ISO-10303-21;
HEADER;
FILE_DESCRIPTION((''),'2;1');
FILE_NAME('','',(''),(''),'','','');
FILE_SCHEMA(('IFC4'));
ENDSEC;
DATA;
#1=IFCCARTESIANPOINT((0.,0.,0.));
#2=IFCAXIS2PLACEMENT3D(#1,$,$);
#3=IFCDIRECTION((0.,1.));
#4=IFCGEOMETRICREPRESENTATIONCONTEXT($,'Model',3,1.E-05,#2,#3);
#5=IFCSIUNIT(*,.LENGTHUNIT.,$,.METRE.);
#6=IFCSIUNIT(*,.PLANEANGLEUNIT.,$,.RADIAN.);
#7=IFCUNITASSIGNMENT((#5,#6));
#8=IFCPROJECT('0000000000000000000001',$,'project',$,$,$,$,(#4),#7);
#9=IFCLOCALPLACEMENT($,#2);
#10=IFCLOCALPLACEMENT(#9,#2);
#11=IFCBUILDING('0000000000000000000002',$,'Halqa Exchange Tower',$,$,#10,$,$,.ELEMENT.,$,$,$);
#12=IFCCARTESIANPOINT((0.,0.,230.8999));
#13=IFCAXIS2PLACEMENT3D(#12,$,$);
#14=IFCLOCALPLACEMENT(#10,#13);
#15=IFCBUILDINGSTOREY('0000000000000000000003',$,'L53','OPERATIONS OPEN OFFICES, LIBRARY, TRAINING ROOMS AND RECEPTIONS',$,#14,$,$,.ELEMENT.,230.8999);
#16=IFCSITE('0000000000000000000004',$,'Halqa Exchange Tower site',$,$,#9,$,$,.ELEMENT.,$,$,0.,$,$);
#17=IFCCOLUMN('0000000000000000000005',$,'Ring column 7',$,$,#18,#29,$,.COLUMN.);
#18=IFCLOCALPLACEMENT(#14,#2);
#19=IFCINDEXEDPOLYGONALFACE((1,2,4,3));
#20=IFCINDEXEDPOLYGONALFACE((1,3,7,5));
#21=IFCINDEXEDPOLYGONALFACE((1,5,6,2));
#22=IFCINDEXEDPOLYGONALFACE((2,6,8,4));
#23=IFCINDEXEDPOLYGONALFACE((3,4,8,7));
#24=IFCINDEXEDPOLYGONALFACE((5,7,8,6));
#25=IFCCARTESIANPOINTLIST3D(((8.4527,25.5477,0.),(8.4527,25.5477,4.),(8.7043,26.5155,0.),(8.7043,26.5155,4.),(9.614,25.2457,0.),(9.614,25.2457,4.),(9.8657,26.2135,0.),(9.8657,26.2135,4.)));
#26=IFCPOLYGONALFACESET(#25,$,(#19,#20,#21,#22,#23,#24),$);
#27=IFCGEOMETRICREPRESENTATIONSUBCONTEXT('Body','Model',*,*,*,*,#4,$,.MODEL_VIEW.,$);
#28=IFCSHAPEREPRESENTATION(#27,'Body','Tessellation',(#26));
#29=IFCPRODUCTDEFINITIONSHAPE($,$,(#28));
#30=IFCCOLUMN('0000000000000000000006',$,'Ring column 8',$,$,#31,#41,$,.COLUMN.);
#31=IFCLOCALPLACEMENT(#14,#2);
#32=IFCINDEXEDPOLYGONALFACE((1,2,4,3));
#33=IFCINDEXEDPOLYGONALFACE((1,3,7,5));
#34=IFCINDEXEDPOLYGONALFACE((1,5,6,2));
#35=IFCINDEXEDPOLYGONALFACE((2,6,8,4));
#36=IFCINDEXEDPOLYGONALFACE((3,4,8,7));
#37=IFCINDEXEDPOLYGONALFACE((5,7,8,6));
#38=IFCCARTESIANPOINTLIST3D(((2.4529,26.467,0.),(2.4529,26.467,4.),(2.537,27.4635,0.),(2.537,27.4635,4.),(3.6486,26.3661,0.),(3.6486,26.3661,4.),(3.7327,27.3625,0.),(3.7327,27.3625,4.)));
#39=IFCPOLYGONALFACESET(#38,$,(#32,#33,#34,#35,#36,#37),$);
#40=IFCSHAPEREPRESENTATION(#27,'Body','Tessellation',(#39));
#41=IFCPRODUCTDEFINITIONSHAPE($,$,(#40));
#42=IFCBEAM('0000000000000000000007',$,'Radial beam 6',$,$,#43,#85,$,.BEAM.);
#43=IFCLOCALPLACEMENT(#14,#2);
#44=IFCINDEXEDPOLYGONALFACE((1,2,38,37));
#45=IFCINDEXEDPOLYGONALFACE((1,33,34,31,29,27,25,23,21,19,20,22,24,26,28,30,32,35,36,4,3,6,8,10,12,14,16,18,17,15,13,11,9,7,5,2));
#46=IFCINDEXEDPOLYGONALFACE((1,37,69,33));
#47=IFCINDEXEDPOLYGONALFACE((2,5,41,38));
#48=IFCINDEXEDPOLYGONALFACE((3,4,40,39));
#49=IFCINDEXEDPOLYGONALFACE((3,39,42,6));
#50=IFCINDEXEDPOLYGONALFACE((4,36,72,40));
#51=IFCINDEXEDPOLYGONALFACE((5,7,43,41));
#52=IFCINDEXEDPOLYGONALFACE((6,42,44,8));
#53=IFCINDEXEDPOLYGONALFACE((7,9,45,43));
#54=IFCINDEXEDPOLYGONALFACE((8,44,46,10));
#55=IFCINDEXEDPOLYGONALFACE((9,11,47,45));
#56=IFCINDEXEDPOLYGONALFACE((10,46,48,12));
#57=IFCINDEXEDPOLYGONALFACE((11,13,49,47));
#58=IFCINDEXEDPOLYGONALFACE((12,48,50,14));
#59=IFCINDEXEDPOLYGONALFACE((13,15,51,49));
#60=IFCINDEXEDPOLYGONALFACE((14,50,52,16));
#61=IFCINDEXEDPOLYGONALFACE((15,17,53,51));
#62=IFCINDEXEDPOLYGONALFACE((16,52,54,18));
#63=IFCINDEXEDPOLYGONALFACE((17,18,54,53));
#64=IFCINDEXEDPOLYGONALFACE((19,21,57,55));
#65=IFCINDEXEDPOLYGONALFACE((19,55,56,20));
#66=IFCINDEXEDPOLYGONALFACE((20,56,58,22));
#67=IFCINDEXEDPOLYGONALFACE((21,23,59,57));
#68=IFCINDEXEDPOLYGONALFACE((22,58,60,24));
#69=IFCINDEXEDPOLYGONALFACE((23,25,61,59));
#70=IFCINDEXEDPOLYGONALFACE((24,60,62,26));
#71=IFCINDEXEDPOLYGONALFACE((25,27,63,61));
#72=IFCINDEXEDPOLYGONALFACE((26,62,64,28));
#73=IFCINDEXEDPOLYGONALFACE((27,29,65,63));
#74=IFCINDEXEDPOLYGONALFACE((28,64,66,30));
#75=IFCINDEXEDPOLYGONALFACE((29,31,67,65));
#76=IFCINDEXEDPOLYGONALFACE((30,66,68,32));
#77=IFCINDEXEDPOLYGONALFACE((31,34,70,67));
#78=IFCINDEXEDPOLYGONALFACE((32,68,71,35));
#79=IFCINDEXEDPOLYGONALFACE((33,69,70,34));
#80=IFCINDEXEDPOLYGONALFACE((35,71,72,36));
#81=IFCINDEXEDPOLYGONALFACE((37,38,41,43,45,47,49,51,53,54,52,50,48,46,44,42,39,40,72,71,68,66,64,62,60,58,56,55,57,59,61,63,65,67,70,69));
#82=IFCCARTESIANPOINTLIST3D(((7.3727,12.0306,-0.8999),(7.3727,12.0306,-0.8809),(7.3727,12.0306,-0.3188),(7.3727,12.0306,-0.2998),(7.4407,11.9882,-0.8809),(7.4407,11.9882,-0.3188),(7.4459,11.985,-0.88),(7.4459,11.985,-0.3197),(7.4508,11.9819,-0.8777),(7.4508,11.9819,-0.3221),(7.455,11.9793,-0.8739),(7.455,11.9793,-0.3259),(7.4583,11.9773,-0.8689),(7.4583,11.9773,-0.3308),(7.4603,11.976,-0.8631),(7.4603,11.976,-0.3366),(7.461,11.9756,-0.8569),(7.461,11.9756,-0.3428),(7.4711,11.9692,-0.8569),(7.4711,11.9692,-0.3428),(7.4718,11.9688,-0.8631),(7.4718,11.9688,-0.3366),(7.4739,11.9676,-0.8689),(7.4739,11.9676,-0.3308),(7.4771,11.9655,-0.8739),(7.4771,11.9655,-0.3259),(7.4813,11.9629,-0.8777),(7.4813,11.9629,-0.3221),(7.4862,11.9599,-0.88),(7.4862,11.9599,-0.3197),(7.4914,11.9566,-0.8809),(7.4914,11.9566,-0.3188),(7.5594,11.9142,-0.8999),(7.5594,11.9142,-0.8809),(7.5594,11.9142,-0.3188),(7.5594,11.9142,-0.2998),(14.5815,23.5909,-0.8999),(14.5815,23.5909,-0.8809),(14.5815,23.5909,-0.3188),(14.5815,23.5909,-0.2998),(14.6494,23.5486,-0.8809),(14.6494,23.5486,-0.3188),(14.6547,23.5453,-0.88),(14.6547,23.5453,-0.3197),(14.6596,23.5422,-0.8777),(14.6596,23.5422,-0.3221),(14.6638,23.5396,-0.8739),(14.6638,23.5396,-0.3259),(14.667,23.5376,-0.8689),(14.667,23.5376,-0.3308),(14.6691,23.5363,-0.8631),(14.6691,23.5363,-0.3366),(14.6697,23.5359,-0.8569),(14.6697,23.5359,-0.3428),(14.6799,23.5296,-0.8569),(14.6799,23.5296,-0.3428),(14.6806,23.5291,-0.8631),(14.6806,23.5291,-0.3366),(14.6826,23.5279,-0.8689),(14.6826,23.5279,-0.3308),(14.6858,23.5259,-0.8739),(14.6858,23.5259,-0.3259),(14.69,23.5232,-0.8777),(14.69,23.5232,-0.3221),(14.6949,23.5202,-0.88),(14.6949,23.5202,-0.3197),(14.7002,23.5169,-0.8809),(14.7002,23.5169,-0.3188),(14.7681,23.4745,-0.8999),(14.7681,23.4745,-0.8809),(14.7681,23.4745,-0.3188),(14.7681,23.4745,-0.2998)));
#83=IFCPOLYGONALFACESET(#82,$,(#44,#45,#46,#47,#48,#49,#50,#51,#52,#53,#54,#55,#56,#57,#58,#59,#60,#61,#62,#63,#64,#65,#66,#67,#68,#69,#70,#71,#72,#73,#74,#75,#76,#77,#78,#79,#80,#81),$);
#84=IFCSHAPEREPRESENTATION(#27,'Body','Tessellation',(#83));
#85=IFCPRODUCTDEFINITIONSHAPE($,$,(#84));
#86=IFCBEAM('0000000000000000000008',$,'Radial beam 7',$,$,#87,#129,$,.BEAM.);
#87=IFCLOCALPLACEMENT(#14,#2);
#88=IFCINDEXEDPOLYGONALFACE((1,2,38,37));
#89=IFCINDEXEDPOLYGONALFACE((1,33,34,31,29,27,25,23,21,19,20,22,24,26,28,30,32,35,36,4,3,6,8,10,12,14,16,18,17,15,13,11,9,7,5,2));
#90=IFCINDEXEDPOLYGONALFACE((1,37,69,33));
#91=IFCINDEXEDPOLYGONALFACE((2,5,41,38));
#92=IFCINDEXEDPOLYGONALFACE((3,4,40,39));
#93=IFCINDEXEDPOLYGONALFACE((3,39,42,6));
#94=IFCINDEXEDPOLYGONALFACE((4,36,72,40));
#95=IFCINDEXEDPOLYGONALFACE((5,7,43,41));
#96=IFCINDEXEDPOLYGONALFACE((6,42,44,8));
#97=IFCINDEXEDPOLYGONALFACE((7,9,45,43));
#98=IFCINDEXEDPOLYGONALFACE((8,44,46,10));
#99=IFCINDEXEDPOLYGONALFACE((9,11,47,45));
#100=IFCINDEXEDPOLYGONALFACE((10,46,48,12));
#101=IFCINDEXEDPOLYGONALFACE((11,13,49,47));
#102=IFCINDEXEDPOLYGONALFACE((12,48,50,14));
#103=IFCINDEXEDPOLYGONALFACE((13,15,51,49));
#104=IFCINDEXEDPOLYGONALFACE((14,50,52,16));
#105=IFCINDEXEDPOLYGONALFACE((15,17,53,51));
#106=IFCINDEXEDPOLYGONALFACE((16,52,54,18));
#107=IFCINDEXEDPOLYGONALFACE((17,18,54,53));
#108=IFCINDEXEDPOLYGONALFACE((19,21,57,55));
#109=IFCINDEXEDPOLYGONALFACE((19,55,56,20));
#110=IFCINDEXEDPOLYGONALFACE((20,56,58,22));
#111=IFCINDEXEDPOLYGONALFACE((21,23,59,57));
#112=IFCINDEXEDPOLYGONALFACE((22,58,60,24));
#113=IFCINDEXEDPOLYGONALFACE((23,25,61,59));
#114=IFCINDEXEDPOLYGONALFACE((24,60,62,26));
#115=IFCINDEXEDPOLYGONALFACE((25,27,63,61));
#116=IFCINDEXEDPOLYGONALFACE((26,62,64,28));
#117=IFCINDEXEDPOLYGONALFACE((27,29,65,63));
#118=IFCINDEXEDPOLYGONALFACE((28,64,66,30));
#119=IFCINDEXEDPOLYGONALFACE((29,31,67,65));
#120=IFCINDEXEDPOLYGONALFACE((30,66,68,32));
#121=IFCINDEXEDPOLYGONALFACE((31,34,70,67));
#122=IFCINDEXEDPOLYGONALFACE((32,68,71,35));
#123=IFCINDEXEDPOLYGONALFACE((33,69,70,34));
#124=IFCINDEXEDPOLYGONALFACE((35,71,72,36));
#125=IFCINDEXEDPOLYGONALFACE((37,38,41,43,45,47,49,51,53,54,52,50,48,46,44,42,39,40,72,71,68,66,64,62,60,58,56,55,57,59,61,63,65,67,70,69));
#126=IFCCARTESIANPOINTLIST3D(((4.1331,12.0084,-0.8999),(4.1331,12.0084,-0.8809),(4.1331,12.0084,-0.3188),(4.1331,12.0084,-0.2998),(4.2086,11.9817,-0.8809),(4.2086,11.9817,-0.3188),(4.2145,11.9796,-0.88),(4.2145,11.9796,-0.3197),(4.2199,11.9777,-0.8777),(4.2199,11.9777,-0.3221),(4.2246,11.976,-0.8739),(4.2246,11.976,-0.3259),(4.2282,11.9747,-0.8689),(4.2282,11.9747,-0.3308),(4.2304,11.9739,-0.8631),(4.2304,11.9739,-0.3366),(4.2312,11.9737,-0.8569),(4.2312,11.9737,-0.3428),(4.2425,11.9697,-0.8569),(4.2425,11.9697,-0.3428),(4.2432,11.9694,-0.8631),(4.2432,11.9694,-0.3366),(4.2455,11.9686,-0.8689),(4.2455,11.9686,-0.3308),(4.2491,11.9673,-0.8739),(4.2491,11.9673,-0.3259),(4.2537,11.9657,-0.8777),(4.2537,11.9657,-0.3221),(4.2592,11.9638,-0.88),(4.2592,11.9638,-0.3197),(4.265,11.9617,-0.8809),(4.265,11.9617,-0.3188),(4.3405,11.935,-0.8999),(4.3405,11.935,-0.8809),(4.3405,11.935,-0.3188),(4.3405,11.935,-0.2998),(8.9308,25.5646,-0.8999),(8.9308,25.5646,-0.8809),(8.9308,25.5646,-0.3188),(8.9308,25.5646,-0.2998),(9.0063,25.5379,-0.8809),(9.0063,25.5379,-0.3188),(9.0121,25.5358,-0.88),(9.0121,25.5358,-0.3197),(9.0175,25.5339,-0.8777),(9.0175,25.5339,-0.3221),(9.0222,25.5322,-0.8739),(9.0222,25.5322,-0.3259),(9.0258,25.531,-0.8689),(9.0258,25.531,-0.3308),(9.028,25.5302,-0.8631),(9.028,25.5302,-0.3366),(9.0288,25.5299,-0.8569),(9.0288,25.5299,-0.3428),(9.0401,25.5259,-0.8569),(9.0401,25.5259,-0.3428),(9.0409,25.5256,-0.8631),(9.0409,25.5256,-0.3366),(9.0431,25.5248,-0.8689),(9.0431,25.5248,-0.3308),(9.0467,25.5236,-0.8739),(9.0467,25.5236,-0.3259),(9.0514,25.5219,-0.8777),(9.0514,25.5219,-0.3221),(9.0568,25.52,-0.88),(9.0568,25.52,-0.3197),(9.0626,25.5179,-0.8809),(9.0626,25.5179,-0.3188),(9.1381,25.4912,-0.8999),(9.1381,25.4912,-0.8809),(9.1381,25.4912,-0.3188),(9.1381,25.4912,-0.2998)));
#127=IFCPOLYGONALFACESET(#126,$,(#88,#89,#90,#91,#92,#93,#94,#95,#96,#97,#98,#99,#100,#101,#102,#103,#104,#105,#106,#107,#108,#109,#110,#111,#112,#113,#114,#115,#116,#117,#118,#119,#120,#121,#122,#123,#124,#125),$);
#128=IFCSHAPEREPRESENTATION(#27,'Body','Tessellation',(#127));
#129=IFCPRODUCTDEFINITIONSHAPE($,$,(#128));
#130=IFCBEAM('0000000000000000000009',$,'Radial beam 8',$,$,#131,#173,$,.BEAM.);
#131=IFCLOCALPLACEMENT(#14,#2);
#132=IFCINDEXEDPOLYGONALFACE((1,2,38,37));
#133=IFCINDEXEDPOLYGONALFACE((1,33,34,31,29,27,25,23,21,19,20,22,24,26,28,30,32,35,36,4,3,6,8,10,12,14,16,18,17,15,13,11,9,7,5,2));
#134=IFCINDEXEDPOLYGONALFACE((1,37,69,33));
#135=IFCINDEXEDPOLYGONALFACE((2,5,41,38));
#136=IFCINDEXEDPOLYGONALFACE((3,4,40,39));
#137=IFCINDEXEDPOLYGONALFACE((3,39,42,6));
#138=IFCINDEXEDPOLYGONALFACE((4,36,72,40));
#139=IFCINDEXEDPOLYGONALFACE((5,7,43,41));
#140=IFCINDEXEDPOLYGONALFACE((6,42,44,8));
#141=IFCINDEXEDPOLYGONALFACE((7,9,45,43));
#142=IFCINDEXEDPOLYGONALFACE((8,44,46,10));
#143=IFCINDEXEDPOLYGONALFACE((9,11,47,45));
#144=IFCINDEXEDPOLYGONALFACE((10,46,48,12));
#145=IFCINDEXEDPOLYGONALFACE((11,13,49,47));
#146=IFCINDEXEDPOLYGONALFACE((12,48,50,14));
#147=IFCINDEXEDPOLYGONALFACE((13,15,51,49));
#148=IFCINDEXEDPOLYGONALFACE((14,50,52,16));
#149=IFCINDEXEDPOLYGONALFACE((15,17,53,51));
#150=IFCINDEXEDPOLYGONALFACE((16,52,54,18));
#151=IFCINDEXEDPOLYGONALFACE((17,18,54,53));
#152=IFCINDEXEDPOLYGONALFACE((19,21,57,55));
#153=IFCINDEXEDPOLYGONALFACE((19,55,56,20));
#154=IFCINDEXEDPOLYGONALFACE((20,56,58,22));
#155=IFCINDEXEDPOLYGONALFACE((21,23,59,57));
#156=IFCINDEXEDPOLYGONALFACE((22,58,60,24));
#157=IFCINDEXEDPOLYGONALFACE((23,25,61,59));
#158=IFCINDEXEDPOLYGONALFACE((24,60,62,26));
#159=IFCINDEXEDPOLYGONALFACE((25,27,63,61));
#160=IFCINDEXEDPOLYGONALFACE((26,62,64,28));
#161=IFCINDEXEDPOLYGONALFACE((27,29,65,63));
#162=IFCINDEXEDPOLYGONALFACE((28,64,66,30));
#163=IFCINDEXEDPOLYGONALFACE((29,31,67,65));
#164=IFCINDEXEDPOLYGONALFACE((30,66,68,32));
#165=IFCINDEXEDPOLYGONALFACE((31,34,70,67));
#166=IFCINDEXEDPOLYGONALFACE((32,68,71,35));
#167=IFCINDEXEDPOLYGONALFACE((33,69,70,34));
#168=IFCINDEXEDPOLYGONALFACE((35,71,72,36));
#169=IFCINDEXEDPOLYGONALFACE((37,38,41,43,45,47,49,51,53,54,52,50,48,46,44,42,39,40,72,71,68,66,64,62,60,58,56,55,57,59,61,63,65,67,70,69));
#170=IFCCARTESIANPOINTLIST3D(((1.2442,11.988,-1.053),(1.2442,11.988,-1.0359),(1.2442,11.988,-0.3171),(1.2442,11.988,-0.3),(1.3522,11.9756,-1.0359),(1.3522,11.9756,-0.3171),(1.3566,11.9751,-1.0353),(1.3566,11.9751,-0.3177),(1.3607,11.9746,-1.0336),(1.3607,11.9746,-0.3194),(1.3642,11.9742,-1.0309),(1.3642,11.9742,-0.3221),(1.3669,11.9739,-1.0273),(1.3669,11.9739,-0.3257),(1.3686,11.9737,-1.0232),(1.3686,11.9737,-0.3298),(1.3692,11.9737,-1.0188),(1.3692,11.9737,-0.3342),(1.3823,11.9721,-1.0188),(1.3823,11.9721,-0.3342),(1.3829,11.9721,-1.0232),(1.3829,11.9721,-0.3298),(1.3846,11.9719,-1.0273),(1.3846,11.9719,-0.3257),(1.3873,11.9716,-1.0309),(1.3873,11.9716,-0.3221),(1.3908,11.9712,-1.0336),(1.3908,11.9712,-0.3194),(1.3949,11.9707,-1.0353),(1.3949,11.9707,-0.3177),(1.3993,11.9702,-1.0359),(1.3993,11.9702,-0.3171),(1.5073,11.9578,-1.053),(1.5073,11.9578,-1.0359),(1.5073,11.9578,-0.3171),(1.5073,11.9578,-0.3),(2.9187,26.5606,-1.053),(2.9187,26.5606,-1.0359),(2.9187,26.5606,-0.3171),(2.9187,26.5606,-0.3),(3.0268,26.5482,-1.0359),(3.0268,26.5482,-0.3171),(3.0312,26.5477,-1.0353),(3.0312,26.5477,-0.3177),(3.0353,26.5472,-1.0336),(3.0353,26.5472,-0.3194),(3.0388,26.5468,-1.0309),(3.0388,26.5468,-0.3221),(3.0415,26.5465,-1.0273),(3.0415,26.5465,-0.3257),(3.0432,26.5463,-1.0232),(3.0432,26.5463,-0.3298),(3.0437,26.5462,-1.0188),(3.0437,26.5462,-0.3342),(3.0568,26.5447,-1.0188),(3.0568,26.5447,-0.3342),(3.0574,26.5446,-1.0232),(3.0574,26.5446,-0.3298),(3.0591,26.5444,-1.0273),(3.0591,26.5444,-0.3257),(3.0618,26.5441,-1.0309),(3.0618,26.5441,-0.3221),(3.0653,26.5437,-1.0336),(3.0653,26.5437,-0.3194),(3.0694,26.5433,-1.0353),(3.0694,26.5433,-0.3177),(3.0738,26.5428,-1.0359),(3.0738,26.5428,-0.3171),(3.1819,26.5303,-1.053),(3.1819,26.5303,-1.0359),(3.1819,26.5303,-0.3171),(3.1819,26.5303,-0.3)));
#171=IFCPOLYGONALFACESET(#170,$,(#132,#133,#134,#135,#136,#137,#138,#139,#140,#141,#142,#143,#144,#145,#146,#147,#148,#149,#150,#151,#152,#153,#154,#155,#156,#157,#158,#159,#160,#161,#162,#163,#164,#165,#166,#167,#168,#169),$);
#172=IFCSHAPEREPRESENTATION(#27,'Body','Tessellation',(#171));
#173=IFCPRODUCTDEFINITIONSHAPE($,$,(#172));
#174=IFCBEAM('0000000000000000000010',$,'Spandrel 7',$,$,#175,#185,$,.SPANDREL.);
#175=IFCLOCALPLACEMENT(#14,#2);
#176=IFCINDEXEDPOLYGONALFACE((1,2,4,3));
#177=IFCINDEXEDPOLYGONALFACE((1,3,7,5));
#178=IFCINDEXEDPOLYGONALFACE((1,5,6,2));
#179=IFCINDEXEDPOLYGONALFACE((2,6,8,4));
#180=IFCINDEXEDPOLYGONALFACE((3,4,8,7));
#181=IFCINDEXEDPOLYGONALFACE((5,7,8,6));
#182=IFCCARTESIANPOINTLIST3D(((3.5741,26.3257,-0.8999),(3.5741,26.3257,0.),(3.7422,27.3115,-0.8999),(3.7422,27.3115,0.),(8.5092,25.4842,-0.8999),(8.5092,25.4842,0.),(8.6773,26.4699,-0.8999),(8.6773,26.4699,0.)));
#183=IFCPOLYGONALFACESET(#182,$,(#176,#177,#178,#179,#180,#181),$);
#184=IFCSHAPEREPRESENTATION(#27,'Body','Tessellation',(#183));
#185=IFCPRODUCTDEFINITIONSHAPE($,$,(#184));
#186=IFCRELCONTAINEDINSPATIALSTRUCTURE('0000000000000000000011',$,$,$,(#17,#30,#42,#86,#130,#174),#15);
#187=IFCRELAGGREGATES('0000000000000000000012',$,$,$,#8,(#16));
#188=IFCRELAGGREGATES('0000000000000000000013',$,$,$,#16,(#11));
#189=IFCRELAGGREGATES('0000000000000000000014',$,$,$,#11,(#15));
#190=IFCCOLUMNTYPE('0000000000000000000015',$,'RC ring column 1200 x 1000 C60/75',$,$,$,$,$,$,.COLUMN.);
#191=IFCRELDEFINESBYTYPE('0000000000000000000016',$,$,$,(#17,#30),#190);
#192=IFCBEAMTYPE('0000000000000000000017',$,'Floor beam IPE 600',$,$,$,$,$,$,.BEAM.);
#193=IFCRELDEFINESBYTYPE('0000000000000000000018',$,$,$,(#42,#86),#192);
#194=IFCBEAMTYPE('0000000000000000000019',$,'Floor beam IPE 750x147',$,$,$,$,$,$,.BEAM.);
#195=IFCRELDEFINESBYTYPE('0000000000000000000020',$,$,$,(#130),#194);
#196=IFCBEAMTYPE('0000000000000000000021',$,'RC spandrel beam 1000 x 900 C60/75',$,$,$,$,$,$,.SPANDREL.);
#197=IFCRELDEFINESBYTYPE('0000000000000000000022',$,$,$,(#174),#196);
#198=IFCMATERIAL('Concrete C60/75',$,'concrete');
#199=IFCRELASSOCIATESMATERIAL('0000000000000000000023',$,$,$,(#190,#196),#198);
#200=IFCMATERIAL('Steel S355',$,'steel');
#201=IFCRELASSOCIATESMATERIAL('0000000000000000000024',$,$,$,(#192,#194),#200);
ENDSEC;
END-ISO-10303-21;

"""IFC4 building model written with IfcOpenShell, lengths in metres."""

from ifc_helpers import new_model, si_unit, direction, frame, origin, origin_2d, place, context, subcontext, project, spatial, rectangle, i_section, extrude, material, material_profile, profile_set, type_object, element, save


model = new_model("IFC4")

# Units and contexts
model_context = context("Model", 3, precision=1e-05, world=origin(), true_north=direction((0.0, 1.0)))
body_context = subcontext(model_context, "Body", "Model", "MODEL_VIEW")
ifc_project = project(units=[si_unit("LENGTHUNIT", "METRE"), si_unit("PLANEANGLEUNIT", "RADIAN")], contexts=[model_context])

# Site, building, storey
site_placement = place(None, origin())
site = spatial("IfcSite", under=ifc_project, at=site_placement, Name="Halqa Exchange Tower site", CompositionType="ELEMENT", RefElevation=0.0)
building_placement = place(site_placement, origin())
building = spatial("IfcBuilding", under=site, at=building_placement, Name="Halqa Exchange Tower", CompositionType="ELEMENT")
storey_placement = place(building_placement, frame((0.0, 0.0, 230.8999)))
storey = spatial("IfcBuildingStorey", under=building, at=storey_placement, Name="L53", Description="OPERATIONS OPEN OFFICES, LIBRARY, TRAINING ROOMS AND RECEPTIONS", CompositionType="ELEMENT", Elevation=230.8999)

# Columns
ifc_material_1 = material(Name="Concrete C60/75", Category="concrete")
ifc_material_profile_1 = material_profile(ifc_material_1, rectangle(XDim=1.2, YDim=1.0, at=origin_2d()), Name="1200 x 1000")
ifc_profile_set_1 = profile_set([ifc_material_profile_1], Name="Concrete C60/75")
column_type = type_object("IfcColumnType", Name="RC ring column 1200 x 1000 C60/75", PredefinedType="COLUMN", material=ifc_profile_set_1)
for number, where, z_axis, x_axis, name in (
    (1, (9.1592, 25.8806, 0.0), (0.0, 0.0, 1.0), (-0.967818, 0.25165, 0.0), "Ring column 7"),
    (2, (3.0928, 26.9148, 0.0), (0.0, 0.0, 1.0), (-0.996455, 0.084128, 0.0), "Ring column 8"),
):
    element("IfcColumn", number, at=place(storey_placement, frame(where, z_axis=z_axis, x_axis=x_axis)), inside=storey, type_object=column_type, Name=name, PredefinedType="COLUMN", context=body_context, shape_type="SweptSolid", body=[
        extrude(rectangle(XDim=1.2, YDim=1.0, at=origin_2d()), origin(), (0.0, 0.0, 1.0), 4.0),
    ])

# Beams
ifc_material_2 = material(Name="Steel S355", Category="steel")
ifc_material_profile_2 = material_profile(ifc_material_2, i_section(OverallWidth=0.22, OverallDepth=0.6001, WebThickness=0.012, FlangeThickness=0.019, FilletRadius=0.0239, at=origin_2d()), Name="IPE 600")
ifc_profile_set_2 = profile_set([ifc_material_profile_2], Name="Steel S355")
beam_type_1 = type_object("IfcBeamType", Name="Floor beam IPE 600", PredefinedType="BEAM", material=ifc_profile_set_2)
beam_1_placement = place(storey_placement, frame((7.4661, 11.9724, -0.5999), z_axis=(0.52913, 0.848541, 0.0), x_axis=(-0.848541, 0.52913, 0.0)))
element("IfcBeam", 3, at=beam_1_placement, inside=storey, type_object=beam_type_1, Name="Radial beam 6", PredefinedType="BEAM", context=body_context, shape_type="SweptSolid", body=[
    extrude(i_section(OverallWidth=0.22, OverallDepth=0.6001, WebThickness=0.012, FlangeThickness=0.019, FilletRadius=0.0239, at=origin_2d()), origin(), (0.0, 0.0, 1.0), 13.6238),
])
beam_2_placement = place(storey_placement, frame((4.2368, 11.9717, -0.5999), z_axis=(0.333629, 0.942704, 0.0), x_axis=(-0.942704, 0.333629, 0.0)))
element("IfcBeam", 4, at=beam_2_placement, inside=storey, type_object=beam_type_1, Name="Radial beam 7", PredefinedType="BEAM", context=body_context, shape_type="SweptSolid", body=[
    extrude(i_section(OverallWidth=0.22, OverallDepth=0.6001, WebThickness=0.012, FlangeThickness=0.019, FilletRadius=0.0239, at=origin_2d()), origin(), (0.0, 0.0, 1.0), 14.3801),
])
ifc_material_profile_3 = material_profile(ifc_material_2, i_section(OverallWidth=0.2649, OverallDepth=0.7529, WebThickness=0.0132, FlangeThickness=0.0171, FilletRadius=0.0171, at=origin_2d()), Name="IPE 750x147")
ifc_profile_set_3 = profile_set([ifc_material_profile_3], Name="Steel S355")
beam_type_2 = type_object("IfcBeamType", Name="Floor beam IPE 750x147", PredefinedType="BEAM", material=ifc_profile_set_3)
beam_3_placement = place(storey_placement, frame((1.3757, 11.9729, -0.6765), z_axis=(0.114161, 0.993462, 0.0), x_axis=(-0.993462, 0.114161, 0.0)))
element("IfcBeam", 5, at=beam_3_placement, inside=storey, type_object=beam_type_2, Name="Radial beam 8", PredefinedType="BEAM", context=body_context, shape_type="SweptSolid", body=[
    extrude(i_section(OverallWidth=0.2649, OverallDepth=0.7529, WebThickness=0.0132, FlangeThickness=0.0171, FilletRadius=0.0171, at=origin_2d()), origin(), (0.0, 0.0, 1.0), 14.6685),
])
ifc_material_profile_4 = material_profile(ifc_material_1, rectangle(XDim=1.0, YDim=0.8999, at=origin_2d()), Name="1000 x 900")
ifc_profile_set_4 = profile_set([ifc_material_profile_4], Name="Concrete C60/75")
beam_type_3 = type_object("IfcBeamType", Name="RC spandrel beam 1000 x 900 C60/75", PredefinedType="SPANDREL", material=ifc_profile_set_4)
beam_4_placement = place(storey_placement, frame((8.5933, 25.9771, -0.45), z_axis=(-0.98577, 0.168099, 0.0), x_axis=(-0.168099, -0.98577, 0.0)))
element("IfcBeam", 6, at=beam_4_placement, inside=storey, type_object=beam_type_3, Name="Spandrel 7", PredefinedType="SPANDREL", context=body_context, shape_type="SweptSolid", body=[
    extrude(rectangle(XDim=1.0, YDim=0.8999, at=origin_2d()), origin(), (0.0, 0.0, 1.0), 5.0063),
])

save(model, "model.ifc")
